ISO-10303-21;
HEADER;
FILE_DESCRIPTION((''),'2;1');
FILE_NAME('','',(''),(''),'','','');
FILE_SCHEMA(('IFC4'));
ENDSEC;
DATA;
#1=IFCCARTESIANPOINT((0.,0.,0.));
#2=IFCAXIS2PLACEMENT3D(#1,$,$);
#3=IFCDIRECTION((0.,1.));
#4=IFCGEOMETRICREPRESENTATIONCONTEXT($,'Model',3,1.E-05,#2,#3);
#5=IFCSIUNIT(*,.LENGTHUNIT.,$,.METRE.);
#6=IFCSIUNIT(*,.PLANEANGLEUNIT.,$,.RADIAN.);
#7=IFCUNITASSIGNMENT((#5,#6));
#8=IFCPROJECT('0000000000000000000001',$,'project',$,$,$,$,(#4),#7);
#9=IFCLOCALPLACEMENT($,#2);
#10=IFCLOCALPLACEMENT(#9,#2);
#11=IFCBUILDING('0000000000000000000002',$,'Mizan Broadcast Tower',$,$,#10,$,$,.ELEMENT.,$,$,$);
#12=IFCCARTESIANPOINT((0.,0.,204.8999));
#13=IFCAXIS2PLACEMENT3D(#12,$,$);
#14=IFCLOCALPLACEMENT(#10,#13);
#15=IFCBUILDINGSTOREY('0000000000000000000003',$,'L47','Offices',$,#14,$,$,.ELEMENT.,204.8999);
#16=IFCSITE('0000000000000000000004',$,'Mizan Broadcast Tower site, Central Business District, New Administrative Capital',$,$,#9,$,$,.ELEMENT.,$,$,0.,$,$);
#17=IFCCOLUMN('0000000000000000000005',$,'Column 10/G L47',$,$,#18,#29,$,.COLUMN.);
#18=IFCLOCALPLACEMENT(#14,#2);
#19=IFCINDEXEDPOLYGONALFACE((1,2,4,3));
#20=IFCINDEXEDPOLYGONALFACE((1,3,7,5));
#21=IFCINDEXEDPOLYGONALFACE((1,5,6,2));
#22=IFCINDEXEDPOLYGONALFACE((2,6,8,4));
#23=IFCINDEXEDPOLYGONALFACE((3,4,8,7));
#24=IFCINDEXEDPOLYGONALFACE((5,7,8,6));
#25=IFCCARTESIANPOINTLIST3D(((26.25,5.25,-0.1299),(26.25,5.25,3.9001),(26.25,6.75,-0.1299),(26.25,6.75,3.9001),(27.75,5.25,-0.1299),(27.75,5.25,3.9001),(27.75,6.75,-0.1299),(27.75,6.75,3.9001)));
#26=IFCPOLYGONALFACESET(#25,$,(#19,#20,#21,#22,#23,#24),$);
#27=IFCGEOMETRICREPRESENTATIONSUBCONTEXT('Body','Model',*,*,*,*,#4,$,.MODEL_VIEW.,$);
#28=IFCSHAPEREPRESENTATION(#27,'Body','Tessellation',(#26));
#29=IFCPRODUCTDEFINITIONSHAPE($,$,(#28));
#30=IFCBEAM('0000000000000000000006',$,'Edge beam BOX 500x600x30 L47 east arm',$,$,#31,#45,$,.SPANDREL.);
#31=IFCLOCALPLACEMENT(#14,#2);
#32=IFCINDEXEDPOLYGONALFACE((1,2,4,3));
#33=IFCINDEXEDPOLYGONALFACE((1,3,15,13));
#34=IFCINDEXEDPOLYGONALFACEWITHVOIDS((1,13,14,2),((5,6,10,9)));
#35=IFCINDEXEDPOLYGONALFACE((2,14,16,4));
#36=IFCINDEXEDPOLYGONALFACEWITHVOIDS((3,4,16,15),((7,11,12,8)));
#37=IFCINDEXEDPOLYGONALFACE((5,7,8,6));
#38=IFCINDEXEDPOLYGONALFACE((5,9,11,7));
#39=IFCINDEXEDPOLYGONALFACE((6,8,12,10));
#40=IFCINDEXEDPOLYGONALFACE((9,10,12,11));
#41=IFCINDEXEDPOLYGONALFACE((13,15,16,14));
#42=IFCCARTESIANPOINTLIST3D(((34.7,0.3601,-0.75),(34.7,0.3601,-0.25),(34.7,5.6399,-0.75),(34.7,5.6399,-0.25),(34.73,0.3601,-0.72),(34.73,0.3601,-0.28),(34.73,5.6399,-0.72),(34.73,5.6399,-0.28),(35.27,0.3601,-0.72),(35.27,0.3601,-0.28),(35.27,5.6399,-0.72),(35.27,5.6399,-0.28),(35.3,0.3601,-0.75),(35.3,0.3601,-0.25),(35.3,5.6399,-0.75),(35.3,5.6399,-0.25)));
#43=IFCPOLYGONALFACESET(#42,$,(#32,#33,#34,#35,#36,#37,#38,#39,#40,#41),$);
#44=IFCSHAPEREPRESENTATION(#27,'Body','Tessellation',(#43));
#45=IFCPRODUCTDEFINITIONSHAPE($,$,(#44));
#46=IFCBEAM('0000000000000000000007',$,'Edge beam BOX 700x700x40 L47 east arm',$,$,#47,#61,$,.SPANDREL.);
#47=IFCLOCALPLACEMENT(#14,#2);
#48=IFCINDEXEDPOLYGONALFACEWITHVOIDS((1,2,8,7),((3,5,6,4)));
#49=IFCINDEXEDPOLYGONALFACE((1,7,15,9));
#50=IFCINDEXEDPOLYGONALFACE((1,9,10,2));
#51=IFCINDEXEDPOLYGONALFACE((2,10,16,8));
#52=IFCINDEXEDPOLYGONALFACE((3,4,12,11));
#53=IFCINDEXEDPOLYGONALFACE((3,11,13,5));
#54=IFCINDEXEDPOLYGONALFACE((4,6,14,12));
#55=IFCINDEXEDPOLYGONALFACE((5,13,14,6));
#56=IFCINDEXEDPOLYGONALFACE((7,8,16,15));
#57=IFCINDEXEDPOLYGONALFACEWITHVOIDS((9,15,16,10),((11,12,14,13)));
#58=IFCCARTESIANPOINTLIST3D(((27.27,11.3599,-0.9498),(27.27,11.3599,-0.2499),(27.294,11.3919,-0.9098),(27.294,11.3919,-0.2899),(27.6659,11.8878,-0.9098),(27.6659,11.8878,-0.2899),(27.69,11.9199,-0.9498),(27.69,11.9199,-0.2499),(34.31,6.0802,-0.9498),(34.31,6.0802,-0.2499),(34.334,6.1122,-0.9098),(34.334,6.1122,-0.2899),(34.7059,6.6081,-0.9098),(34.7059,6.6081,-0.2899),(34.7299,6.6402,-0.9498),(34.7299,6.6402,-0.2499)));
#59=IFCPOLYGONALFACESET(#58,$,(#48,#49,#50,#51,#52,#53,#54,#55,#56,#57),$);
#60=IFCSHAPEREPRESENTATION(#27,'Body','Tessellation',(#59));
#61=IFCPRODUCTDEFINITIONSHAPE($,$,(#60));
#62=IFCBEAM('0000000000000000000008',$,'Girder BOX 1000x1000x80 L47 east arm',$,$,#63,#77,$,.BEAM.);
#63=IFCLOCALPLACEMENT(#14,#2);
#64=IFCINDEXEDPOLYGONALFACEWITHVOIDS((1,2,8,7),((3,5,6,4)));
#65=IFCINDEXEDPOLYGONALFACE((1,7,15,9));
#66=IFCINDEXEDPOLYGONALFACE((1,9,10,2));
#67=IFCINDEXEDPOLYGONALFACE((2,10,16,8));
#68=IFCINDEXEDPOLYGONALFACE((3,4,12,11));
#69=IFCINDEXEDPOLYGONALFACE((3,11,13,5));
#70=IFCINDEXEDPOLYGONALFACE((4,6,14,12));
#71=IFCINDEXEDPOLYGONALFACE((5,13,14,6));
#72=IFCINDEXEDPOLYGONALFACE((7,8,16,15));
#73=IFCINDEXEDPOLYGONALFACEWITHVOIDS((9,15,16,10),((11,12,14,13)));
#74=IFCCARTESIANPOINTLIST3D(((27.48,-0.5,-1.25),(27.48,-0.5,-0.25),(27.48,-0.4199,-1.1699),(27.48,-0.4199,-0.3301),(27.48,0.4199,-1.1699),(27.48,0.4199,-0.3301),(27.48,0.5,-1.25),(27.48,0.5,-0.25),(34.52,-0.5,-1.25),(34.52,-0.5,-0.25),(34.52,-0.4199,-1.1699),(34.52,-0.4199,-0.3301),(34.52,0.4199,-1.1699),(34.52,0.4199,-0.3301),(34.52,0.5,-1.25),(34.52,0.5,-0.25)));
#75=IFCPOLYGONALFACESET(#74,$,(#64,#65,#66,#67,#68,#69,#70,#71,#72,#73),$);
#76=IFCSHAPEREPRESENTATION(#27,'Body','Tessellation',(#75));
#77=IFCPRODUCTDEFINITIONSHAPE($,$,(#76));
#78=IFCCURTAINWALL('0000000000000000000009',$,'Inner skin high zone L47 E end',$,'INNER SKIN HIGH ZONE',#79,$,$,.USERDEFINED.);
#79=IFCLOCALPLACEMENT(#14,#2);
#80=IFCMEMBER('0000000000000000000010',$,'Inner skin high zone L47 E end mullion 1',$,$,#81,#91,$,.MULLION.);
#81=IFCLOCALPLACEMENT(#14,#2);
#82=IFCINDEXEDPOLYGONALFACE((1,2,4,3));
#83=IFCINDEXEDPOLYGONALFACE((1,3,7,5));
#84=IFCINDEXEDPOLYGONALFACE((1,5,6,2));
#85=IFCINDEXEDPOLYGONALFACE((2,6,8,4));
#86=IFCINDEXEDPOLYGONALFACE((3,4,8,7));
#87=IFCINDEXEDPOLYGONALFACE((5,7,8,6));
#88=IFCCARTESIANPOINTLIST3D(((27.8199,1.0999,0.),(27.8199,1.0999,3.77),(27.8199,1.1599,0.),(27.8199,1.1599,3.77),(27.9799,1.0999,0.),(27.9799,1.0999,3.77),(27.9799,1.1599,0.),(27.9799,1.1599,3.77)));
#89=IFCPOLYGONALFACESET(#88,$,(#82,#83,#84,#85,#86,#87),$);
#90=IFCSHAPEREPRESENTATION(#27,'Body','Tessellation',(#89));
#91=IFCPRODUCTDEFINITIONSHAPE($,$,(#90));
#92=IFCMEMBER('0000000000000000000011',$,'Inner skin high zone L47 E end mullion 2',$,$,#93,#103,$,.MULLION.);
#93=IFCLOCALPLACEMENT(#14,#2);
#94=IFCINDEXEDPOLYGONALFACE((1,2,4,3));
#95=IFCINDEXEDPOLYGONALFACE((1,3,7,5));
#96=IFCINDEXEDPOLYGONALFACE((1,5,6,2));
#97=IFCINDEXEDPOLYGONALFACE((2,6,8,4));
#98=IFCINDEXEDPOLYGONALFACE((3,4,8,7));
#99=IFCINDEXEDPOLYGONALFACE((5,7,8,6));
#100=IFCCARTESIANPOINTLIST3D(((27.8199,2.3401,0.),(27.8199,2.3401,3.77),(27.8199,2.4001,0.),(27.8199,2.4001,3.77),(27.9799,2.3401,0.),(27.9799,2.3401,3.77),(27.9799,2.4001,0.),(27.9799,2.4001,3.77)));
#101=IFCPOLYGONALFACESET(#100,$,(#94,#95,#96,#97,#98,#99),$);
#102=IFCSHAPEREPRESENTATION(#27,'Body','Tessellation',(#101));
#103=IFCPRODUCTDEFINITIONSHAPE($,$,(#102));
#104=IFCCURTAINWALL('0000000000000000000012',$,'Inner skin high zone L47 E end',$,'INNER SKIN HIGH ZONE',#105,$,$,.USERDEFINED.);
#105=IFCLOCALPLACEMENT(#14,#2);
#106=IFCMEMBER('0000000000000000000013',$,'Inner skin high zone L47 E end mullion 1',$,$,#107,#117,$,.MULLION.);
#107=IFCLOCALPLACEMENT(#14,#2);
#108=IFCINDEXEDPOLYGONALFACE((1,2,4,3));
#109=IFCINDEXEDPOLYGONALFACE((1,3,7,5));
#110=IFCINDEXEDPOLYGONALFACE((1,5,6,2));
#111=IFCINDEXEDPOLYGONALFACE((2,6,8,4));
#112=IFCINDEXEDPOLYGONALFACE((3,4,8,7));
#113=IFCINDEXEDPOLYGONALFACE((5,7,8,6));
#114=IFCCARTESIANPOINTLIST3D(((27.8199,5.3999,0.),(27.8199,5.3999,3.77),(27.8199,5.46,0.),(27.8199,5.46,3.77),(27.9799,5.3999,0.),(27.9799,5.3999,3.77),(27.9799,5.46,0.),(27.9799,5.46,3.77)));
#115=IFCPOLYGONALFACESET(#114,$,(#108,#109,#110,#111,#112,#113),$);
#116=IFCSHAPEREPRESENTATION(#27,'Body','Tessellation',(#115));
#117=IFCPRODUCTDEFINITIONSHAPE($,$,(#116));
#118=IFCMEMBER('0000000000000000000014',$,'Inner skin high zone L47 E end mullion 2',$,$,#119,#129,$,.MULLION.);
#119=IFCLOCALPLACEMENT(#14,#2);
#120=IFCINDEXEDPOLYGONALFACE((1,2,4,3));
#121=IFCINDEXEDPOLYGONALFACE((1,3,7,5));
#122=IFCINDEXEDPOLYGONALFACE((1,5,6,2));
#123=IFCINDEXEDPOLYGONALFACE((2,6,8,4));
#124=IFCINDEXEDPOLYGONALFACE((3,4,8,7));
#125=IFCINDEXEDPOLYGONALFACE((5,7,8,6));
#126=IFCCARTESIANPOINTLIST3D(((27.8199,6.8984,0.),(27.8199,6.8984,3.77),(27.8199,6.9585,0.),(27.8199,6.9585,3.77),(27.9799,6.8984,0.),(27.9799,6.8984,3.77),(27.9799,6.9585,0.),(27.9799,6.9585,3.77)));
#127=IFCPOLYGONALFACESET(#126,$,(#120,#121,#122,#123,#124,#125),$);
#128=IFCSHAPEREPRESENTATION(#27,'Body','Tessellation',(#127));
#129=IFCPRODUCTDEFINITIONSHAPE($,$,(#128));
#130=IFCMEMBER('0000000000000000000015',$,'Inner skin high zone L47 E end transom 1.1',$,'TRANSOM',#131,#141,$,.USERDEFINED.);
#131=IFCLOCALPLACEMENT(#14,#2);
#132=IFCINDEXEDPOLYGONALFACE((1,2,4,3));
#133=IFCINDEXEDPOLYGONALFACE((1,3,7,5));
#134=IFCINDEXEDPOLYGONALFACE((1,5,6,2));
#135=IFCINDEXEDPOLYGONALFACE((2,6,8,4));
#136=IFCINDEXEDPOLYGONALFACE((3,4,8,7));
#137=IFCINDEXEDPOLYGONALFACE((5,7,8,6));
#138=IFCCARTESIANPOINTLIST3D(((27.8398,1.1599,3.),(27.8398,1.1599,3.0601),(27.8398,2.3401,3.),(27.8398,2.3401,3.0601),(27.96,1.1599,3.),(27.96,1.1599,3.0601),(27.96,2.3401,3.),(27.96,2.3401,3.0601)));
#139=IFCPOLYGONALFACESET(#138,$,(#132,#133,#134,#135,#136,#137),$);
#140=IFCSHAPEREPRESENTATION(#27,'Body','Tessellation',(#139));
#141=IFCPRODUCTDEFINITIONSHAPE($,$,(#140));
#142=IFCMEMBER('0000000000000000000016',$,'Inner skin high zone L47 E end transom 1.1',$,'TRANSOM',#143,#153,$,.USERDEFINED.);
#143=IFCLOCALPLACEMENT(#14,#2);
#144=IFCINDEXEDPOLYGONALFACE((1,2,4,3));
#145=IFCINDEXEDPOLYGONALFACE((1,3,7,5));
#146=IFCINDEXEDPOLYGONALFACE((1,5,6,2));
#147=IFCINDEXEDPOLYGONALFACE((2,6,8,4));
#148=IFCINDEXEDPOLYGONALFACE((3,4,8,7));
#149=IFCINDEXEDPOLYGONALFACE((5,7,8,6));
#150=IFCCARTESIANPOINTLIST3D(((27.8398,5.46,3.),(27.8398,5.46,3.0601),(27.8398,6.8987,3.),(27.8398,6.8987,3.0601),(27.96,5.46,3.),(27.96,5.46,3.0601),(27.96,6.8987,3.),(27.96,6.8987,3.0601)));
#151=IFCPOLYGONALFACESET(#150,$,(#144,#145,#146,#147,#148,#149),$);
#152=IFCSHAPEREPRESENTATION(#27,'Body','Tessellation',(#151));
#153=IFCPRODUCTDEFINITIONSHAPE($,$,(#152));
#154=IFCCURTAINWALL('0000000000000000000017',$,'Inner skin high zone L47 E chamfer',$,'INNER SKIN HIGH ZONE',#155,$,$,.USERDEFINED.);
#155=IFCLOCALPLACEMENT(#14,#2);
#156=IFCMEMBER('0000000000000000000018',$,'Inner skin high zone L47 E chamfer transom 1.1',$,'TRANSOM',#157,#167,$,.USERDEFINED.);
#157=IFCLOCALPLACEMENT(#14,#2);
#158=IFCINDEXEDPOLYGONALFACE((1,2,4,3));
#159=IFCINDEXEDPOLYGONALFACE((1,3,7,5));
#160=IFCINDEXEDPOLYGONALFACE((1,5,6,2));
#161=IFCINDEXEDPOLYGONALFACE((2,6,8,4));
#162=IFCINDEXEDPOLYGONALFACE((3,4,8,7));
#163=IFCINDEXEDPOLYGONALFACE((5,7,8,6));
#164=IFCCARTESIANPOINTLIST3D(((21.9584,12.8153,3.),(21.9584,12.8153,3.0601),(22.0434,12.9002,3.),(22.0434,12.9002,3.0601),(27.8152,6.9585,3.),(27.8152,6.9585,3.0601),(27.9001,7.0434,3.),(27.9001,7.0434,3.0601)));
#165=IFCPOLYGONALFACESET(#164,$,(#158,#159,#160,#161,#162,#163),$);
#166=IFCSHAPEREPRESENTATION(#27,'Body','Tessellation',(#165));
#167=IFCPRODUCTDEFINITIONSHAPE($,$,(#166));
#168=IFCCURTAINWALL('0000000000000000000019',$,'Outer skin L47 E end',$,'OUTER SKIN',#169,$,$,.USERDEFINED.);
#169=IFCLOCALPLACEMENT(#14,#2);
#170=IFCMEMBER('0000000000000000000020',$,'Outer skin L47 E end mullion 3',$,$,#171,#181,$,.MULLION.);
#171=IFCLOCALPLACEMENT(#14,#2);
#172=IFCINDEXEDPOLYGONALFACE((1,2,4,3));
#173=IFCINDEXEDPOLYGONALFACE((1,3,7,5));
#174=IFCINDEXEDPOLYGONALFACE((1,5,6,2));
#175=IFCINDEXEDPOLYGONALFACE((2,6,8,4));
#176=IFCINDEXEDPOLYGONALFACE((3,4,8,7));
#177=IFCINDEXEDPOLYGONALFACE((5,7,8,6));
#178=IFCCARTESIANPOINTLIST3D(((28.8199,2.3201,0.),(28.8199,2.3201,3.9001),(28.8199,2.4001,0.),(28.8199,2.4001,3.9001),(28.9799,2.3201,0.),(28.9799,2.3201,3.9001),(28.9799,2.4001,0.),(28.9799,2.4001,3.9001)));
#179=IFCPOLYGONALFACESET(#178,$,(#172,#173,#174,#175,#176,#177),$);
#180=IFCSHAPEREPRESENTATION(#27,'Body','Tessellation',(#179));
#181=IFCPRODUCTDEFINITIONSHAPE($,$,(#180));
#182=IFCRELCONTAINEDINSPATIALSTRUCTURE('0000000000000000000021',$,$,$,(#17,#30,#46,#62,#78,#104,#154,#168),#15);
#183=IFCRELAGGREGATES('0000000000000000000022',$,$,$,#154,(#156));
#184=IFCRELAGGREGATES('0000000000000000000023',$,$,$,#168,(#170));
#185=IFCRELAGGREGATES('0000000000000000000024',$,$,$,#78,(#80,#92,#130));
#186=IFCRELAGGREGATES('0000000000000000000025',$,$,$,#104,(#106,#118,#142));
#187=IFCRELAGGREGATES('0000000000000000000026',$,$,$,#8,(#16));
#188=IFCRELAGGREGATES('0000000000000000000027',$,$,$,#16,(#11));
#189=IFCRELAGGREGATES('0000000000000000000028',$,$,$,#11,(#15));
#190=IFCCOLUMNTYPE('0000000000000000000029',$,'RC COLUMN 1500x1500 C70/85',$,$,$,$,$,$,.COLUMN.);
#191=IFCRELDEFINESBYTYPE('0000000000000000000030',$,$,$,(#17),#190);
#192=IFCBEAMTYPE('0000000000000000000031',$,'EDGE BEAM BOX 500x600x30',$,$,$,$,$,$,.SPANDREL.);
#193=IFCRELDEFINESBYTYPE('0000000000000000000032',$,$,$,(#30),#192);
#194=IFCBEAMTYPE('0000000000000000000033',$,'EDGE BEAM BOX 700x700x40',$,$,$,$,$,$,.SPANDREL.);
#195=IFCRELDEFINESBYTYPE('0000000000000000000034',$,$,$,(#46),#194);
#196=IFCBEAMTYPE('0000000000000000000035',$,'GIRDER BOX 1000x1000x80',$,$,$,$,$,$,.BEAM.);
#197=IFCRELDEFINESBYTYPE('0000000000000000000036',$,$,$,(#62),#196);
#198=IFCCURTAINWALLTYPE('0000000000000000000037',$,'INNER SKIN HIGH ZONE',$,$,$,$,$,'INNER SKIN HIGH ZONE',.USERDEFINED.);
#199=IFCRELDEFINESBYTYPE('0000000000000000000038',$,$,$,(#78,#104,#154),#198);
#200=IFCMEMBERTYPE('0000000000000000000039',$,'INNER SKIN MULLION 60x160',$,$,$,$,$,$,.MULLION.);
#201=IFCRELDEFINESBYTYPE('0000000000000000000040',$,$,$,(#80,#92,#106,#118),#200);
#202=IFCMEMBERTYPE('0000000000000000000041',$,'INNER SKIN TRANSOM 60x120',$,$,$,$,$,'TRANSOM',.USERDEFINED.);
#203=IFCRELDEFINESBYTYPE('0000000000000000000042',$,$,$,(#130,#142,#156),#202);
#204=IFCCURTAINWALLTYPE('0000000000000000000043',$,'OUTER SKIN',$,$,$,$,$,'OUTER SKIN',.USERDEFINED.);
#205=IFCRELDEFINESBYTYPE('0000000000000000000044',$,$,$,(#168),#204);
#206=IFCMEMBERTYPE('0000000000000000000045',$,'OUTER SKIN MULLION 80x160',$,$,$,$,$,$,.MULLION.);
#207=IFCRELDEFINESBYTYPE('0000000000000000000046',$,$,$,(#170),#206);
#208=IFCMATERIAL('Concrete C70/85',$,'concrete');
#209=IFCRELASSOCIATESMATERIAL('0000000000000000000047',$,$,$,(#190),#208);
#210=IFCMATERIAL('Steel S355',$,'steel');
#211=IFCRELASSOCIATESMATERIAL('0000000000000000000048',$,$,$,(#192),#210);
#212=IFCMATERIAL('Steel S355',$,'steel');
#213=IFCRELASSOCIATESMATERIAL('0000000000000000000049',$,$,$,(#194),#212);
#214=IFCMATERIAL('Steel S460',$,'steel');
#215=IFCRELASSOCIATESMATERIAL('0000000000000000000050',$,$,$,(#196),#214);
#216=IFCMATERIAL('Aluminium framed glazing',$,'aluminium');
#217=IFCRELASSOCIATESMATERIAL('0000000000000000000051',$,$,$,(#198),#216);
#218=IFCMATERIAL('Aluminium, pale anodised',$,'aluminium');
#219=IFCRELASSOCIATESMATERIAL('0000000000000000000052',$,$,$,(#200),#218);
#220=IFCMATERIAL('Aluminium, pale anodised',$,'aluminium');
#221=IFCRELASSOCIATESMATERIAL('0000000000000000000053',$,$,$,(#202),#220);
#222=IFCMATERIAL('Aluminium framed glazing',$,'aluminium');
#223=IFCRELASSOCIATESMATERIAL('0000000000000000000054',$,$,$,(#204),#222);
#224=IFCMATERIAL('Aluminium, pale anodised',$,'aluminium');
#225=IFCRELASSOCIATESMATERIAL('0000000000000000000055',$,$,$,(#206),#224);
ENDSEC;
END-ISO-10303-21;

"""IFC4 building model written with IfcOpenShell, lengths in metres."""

from ifc_helpers import new_model, si_unit, direction, frame, origin, origin_2d, place, context, subcontext, project, spatial, rectangle, hollow_rectangle, extrude, material, material_profile, profile_set, type_object, element, aggregate, save


model = new_model("IFC4")

# Units and contexts
model_context = context("Model", 3, precision=1e-05, world=origin(), true_north=direction((0.0, 1.0)))
body_context = subcontext(model_context, "Body", "Model", "MODEL_VIEW")
ifc_project = project(units=[si_unit("LENGTHUNIT", "METRE"), si_unit("PLANEANGLEUNIT", "RADIAN")], contexts=[model_context])

# Site, building, storey
site_placement = place(None, origin())
site = spatial("IfcSite", under=ifc_project, at=site_placement, Name="Mizan Broadcast Tower site, Central Business District, New Administrative Capital", CompositionType="ELEMENT", RefElevation=0.0)
building_placement = place(site_placement, origin())
building = spatial("IfcBuilding", under=site, at=building_placement, Name="Mizan Broadcast Tower", CompositionType="ELEMENT")
storey_placement = place(building_placement, frame((0.0, 0.0, 204.8999)))
storey = spatial("IfcBuildingStorey", under=building, at=storey_placement, Name="L47", Description="Offices", CompositionType="ELEMENT", Elevation=204.8999)

# Column
ifc_material_1 = material(Name="Concrete C70/85", Category="concrete")
ifc_material_profile_1 = material_profile(ifc_material_1, rectangle(XDim=1.5, YDim=1.5, at=origin_2d()), Name="RC 1500x1500")
ifc_profile_set_1 = profile_set([ifc_material_profile_1], Name="Concrete C70/85")
column_type = type_object("IfcColumnType", Name="RC COLUMN 1500x1500 C70/85", PredefinedType="COLUMN", material=ifc_profile_set_1)
column_placement = place(storey_placement, frame((27.0, 6.0, -0.1299), z_axis=(0.0, 0.0, 1.0), x_axis=(1.0, 0.0, 0.0)))
element("IfcColumn", 1, at=column_placement, inside=storey, type_object=column_type, Name="Column 10/G L47", PredefinedType="COLUMN", context=body_context, shape_type="SweptSolid", body=[
    extrude(rectangle(XDim=1.5, YDim=1.5, at=origin_2d()), origin(), (0.0, 0.0, 1.0), 4.03),
])

# Beams
ifc_material_2 = material(Name="Steel S355", Category="steel")
ifc_material_profile_2 = material_profile(ifc_material_2, hollow_rectangle(XDim=0.6001, YDim=0.5, WallThickness=0.03, at=origin_2d()), Name="BOX 500x600x30")
ifc_profile_set_2 = profile_set([ifc_material_profile_2], Name="Steel S355")
beam_type_1 = type_object("IfcBeamType", Name="EDGE BEAM BOX 500x600x30", PredefinedType="SPANDREL", material=ifc_profile_set_2)
beam_1_placement = place(storey_placement, frame((35.0, 5.6399, -0.5), z_axis=(0.0, -1.0, 0.0), x_axis=(1.0, 0.0, 0.0)))
element("IfcBeam", 2, at=beam_1_placement, inside=storey, type_object=beam_type_1, Name="Edge beam BOX 500x600x30 L47 east arm", PredefinedType="SPANDREL", context=body_context, shape_type="SweptSolid", body=[
    extrude(hollow_rectangle(XDim=0.6001, YDim=0.5, WallThickness=0.03, at=origin_2d()), origin(), (0.0, 0.0, 1.0), 5.2798),
])
ifc_material_3 = material(Name="Steel S355", Category="steel")
ifc_material_profile_3 = material_profile(ifc_material_3, hollow_rectangle(XDim=0.7, YDim=0.7, WallThickness=0.04, at=origin_2d()), Name="BOX 700x700x40")
ifc_profile_set_3 = profile_set([ifc_material_profile_3], Name="Steel S355")
beam_type_2 = type_object("IfcBeamType", Name="EDGE BEAM BOX 700x700x40", PredefinedType="SPANDREL", material=ifc_profile_set_3)
beam_2_placement = place(storey_placement, frame((27.48, 11.6399, -0.5999), z_axis=(0.800013, -0.599982, 0.0), x_axis=(0.599982, 0.800013, 0.0)))
element("IfcBeam", 3, at=beam_2_placement, inside=storey, type_object=beam_type_2, Name="Edge beam BOX 700x700x40 L47 east arm", PredefinedType="SPANDREL", context=body_context, shape_type="SweptSolid", body=[
    extrude(hollow_rectangle(XDim=0.7, YDim=0.7, WallThickness=0.04, at=origin_2d()), origin(), (0.0, 0.0, 1.0), 8.7998),
])
ifc_material_4 = material(Name="Steel S460", Category="steel")
ifc_material_profile_4 = material_profile(ifc_material_4, hollow_rectangle(XDim=1.0, YDim=1.0, WallThickness=0.0801, at=origin_2d()), Name="BOX 1000x1000x80")
ifc_profile_set_4 = profile_set([ifc_material_profile_4], Name="Steel S460")
beam_type_3 = type_object("IfcBeamType", Name="GIRDER BOX 1000x1000x80", PredefinedType="BEAM", material=ifc_profile_set_4)
beam_3_placement = place(storey_placement, frame((27.48, 0.0, -0.75), z_axis=(1.0, 0.0, 0.0), x_axis=(0.0, 1.0, 0.0)))
element("IfcBeam", 4, at=beam_3_placement, inside=storey, type_object=beam_type_3, Name="Girder BOX 1000x1000x80 L47 east arm", PredefinedType="BEAM", context=body_context, shape_type="SweptSolid", body=[
    extrude(hollow_rectangle(XDim=1.0, YDim=1.0, WallThickness=0.0801, at=origin_2d()), origin(), (0.0, 0.0, 1.0), 7.04),
])

# Curtain walls, members
ifc_material_5 = material(Name="Aluminium framed glazing", Category="aluminium")
curtain_wall_type_1 = type_object("IfcCurtainWallType", Name="INNER SKIN HIGH ZONE", ElementType="INNER SKIN HIGH ZONE", PredefinedType="USERDEFINED", material=ifc_material_5)
curtain_wall_1_placement = place(storey_placement, origin())
curtain_wall_1 = element("IfcCurtainWall", 5, at=curtain_wall_1_placement, inside=storey, type_object=curtain_wall_type_1, Name="Inner skin high zone L47 E end", ObjectType="INNER SKIN HIGH ZONE", PredefinedType="USERDEFINED")
ifc_material_6 = material(Name="Aluminium, pale anodised", Category="aluminium")
ifc_material_profile_5 = material_profile(ifc_material_6, rectangle(XDim=0.1599, YDim=0.0601, at=origin_2d()), Name="MULLION 160x60")
ifc_profile_set_5 = profile_set([ifc_material_profile_5], Name="Aluminium, pale anodised")
member_type_1 = type_object("IfcMemberType", Name="INNER SKIN MULLION 60x160", PredefinedType="MULLION", material=ifc_profile_set_5)
member_1_placement = place(storey_placement, frame((27.8999, 1.1299, 0.0), z_axis=(0.0, 0.0, 1.0), x_axis=(-1.0, 0.0, 0.0)))
member_1 = element("IfcMember", 6, at=member_1_placement, type_object=member_type_1, Name="Inner skin high zone L47 E end mullion 1", PredefinedType="MULLION", context=body_context, shape_type="SweptSolid", body=[
    extrude(rectangle(XDim=0.1599, YDim=0.0601, at=origin_2d()), origin(), (0.0, 0.0, 1.0), 3.77),
])
member_2_placement = place(storey_placement, frame((27.8999, 2.3701, 0.0), z_axis=(0.0, 0.0, 1.0), x_axis=(-1.0, 0.0, 0.0)))
member_2 = element("IfcMember", 7, at=member_2_placement, type_object=member_type_1, Name="Inner skin high zone L47 E end mullion 2", PredefinedType="MULLION", context=body_context, shape_type="SweptSolid", body=[
    extrude(rectangle(XDim=0.1599, YDim=0.0601, at=origin_2d()), origin(), (0.0, 0.0, 1.0), 3.77),
])
curtain_wall_2_placement = place(storey_placement, origin())
curtain_wall_2 = element("IfcCurtainWall", 8, at=curtain_wall_2_placement, inside=storey, type_object=curtain_wall_type_1, Name="Inner skin high zone L47 E end", ObjectType="INNER SKIN HIGH ZONE", PredefinedType="USERDEFINED")
member_3_placement = place(storey_placement, frame((27.8999, 5.4299, 0.0), z_axis=(0.0, 0.0, 1.0), x_axis=(-1.0, 0.0, 0.0)))
member_3 = element("IfcMember", 9, at=member_3_placement, type_object=member_type_1, Name="Inner skin high zone L47 E end mullion 1", PredefinedType="MULLION", context=body_context, shape_type="SweptSolid", body=[
    extrude(rectangle(XDim=0.1599, YDim=0.0601, at=origin_2d()), origin(), (0.0, 0.0, 1.0), 3.77),
])
member_4_placement = place(storey_placement, frame((27.8999, 6.9285, 0.0), z_axis=(0.0, 0.0, 1.0), x_axis=(-1.0, 0.0, 0.0)))
member_4 = element("IfcMember", 10, at=member_4_placement, type_object=member_type_1, Name="Inner skin high zone L47 E end mullion 2", PredefinedType="MULLION", context=body_context, shape_type="SweptSolid", body=[
    extrude(rectangle(XDim=0.1599, YDim=0.0601, at=origin_2d()), origin(), (0.0, 0.0, 1.0), 3.77),
])

# Members
ifc_material_7 = material(Name="Aluminium, pale anodised", Category="aluminium")
ifc_material_profile_6 = material_profile(ifc_material_7, rectangle(XDim=0.1201, YDim=0.0601, at=origin_2d()), Name="TRANSOM 120x60")
ifc_profile_set_6 = profile_set([ifc_material_profile_6], Name="Aluminium, pale anodised")
member_type_2 = type_object("IfcMemberType", Name="INNER SKIN TRANSOM 60x120", ElementType="TRANSOM", PredefinedType="USERDEFINED", material=ifc_profile_set_6)
member_5_placement = place(storey_placement, frame((27.8999, 1.1599, 3.03), z_axis=(0.0, 1.0, 0.0), x_axis=(-1.0, 0.0, 0.0)))
member_5 = element("IfcMember", 11, at=member_5_placement, type_object=member_type_2, Name="Inner skin high zone L47 E end transom 1.1", ObjectType="TRANSOM", PredefinedType="USERDEFINED", context=body_context, shape_type="SweptSolid", body=[
    extrude(rectangle(XDim=0.1201, YDim=0.0601, at=origin_2d()), origin(), (0.0, 0.0, 1.0), 1.1802),
])
member_6_placement = place(storey_placement, frame((27.8999, 5.46, 3.03), z_axis=(0.0, 1.0, 0.0), x_axis=(-1.0, 0.0, 0.0)))
member_6 = element("IfcMember", 12, at=member_6_placement, type_object=member_type_2, Name="Inner skin high zone L47 E end transom 1.1", ObjectType="TRANSOM", PredefinedType="USERDEFINED", context=body_context, shape_type="SweptSolid", body=[
    extrude(rectangle(XDim=0.1201, YDim=0.0601, at=origin_2d()), origin(), (0.0, 0.0, 1.0), 1.4387),
])

# Curtain walls, members
curtain_wall_3_placement = place(storey_placement, origin())
curtain_wall_3 = element("IfcCurtainWall", 13, at=curtain_wall_3_placement, inside=storey, type_object=curtain_wall_type_1, Name="Inner skin high zone L47 E chamfer", ObjectType="INNER SKIN HIGH ZONE", PredefinedType="USERDEFINED")
member_7_placement = place(storey_placement, frame((27.8577, 7.001, 3.03), z_axis=(-0.707107, 0.707107, 0.0), x_axis=(-0.707107, -0.707107, 0.0)))
member_7 = element("IfcMember", 14, at=member_7_placement, type_object=member_type_2, Name="Inner skin high zone L47 E chamfer transom 1.1", ObjectType="TRANSOM", PredefinedType="USERDEFINED", context=body_context, shape_type="SweptSolid", body=[
    extrude(rectangle(XDim=0.1201, YDim=0.0601, at=origin_2d()), origin(), (0.0, 0.0, 1.0), 8.2827),
])
aggregate(curtain_wall_3, [member_7])
ifc_material_8 = material(Name="Aluminium framed glazing", Category="aluminium")
curtain_wall_type_2 = type_object("IfcCurtainWallType", Name="OUTER SKIN", ElementType="OUTER SKIN", PredefinedType="USERDEFINED", material=ifc_material_8)
curtain_wall_4_placement = place(storey_placement, origin())
curtain_wall_4 = element("IfcCurtainWall", 15, at=curtain_wall_4_placement, inside=storey, type_object=curtain_wall_type_2, Name="Outer skin L47 E end", ObjectType="OUTER SKIN", PredefinedType="USERDEFINED")
ifc_material_9 = material(Name="Aluminium, pale anodised", Category="aluminium")
ifc_material_profile_7 = material_profile(ifc_material_9, rectangle(XDim=0.1599, YDim=0.0801, at=origin_2d()), Name="MULLION 160x80")
ifc_profile_set_7 = profile_set([ifc_material_profile_7], Name="Aluminium, pale anodised")
member_type_3 = type_object("IfcMemberType", Name="OUTER SKIN MULLION 80x160", PredefinedType="MULLION", material=ifc_profile_set_7)
member_8_placement = place(storey_placement, frame((28.8999, 2.3601, 0.0), z_axis=(0.0, 0.0, 1.0), x_axis=(-1.0, 0.0, 0.0)))
member_8 = element("IfcMember", 16, at=member_8_placement, type_object=member_type_3, Name="Outer skin L47 E end mullion 3", PredefinedType="MULLION", context=body_context, shape_type="SweptSolid", body=[
    extrude(rectangle(XDim=0.1599, YDim=0.0801, at=origin_2d()), origin(), (0.0, 0.0, 1.0), 3.9001),
])
aggregate(curtain_wall_4, [member_8])

aggregate(curtain_wall_1, [member_1, member_2, member_5])
aggregate(curtain_wall_2, [member_3, member_4, member_6])

save(model, "model.ifc")
